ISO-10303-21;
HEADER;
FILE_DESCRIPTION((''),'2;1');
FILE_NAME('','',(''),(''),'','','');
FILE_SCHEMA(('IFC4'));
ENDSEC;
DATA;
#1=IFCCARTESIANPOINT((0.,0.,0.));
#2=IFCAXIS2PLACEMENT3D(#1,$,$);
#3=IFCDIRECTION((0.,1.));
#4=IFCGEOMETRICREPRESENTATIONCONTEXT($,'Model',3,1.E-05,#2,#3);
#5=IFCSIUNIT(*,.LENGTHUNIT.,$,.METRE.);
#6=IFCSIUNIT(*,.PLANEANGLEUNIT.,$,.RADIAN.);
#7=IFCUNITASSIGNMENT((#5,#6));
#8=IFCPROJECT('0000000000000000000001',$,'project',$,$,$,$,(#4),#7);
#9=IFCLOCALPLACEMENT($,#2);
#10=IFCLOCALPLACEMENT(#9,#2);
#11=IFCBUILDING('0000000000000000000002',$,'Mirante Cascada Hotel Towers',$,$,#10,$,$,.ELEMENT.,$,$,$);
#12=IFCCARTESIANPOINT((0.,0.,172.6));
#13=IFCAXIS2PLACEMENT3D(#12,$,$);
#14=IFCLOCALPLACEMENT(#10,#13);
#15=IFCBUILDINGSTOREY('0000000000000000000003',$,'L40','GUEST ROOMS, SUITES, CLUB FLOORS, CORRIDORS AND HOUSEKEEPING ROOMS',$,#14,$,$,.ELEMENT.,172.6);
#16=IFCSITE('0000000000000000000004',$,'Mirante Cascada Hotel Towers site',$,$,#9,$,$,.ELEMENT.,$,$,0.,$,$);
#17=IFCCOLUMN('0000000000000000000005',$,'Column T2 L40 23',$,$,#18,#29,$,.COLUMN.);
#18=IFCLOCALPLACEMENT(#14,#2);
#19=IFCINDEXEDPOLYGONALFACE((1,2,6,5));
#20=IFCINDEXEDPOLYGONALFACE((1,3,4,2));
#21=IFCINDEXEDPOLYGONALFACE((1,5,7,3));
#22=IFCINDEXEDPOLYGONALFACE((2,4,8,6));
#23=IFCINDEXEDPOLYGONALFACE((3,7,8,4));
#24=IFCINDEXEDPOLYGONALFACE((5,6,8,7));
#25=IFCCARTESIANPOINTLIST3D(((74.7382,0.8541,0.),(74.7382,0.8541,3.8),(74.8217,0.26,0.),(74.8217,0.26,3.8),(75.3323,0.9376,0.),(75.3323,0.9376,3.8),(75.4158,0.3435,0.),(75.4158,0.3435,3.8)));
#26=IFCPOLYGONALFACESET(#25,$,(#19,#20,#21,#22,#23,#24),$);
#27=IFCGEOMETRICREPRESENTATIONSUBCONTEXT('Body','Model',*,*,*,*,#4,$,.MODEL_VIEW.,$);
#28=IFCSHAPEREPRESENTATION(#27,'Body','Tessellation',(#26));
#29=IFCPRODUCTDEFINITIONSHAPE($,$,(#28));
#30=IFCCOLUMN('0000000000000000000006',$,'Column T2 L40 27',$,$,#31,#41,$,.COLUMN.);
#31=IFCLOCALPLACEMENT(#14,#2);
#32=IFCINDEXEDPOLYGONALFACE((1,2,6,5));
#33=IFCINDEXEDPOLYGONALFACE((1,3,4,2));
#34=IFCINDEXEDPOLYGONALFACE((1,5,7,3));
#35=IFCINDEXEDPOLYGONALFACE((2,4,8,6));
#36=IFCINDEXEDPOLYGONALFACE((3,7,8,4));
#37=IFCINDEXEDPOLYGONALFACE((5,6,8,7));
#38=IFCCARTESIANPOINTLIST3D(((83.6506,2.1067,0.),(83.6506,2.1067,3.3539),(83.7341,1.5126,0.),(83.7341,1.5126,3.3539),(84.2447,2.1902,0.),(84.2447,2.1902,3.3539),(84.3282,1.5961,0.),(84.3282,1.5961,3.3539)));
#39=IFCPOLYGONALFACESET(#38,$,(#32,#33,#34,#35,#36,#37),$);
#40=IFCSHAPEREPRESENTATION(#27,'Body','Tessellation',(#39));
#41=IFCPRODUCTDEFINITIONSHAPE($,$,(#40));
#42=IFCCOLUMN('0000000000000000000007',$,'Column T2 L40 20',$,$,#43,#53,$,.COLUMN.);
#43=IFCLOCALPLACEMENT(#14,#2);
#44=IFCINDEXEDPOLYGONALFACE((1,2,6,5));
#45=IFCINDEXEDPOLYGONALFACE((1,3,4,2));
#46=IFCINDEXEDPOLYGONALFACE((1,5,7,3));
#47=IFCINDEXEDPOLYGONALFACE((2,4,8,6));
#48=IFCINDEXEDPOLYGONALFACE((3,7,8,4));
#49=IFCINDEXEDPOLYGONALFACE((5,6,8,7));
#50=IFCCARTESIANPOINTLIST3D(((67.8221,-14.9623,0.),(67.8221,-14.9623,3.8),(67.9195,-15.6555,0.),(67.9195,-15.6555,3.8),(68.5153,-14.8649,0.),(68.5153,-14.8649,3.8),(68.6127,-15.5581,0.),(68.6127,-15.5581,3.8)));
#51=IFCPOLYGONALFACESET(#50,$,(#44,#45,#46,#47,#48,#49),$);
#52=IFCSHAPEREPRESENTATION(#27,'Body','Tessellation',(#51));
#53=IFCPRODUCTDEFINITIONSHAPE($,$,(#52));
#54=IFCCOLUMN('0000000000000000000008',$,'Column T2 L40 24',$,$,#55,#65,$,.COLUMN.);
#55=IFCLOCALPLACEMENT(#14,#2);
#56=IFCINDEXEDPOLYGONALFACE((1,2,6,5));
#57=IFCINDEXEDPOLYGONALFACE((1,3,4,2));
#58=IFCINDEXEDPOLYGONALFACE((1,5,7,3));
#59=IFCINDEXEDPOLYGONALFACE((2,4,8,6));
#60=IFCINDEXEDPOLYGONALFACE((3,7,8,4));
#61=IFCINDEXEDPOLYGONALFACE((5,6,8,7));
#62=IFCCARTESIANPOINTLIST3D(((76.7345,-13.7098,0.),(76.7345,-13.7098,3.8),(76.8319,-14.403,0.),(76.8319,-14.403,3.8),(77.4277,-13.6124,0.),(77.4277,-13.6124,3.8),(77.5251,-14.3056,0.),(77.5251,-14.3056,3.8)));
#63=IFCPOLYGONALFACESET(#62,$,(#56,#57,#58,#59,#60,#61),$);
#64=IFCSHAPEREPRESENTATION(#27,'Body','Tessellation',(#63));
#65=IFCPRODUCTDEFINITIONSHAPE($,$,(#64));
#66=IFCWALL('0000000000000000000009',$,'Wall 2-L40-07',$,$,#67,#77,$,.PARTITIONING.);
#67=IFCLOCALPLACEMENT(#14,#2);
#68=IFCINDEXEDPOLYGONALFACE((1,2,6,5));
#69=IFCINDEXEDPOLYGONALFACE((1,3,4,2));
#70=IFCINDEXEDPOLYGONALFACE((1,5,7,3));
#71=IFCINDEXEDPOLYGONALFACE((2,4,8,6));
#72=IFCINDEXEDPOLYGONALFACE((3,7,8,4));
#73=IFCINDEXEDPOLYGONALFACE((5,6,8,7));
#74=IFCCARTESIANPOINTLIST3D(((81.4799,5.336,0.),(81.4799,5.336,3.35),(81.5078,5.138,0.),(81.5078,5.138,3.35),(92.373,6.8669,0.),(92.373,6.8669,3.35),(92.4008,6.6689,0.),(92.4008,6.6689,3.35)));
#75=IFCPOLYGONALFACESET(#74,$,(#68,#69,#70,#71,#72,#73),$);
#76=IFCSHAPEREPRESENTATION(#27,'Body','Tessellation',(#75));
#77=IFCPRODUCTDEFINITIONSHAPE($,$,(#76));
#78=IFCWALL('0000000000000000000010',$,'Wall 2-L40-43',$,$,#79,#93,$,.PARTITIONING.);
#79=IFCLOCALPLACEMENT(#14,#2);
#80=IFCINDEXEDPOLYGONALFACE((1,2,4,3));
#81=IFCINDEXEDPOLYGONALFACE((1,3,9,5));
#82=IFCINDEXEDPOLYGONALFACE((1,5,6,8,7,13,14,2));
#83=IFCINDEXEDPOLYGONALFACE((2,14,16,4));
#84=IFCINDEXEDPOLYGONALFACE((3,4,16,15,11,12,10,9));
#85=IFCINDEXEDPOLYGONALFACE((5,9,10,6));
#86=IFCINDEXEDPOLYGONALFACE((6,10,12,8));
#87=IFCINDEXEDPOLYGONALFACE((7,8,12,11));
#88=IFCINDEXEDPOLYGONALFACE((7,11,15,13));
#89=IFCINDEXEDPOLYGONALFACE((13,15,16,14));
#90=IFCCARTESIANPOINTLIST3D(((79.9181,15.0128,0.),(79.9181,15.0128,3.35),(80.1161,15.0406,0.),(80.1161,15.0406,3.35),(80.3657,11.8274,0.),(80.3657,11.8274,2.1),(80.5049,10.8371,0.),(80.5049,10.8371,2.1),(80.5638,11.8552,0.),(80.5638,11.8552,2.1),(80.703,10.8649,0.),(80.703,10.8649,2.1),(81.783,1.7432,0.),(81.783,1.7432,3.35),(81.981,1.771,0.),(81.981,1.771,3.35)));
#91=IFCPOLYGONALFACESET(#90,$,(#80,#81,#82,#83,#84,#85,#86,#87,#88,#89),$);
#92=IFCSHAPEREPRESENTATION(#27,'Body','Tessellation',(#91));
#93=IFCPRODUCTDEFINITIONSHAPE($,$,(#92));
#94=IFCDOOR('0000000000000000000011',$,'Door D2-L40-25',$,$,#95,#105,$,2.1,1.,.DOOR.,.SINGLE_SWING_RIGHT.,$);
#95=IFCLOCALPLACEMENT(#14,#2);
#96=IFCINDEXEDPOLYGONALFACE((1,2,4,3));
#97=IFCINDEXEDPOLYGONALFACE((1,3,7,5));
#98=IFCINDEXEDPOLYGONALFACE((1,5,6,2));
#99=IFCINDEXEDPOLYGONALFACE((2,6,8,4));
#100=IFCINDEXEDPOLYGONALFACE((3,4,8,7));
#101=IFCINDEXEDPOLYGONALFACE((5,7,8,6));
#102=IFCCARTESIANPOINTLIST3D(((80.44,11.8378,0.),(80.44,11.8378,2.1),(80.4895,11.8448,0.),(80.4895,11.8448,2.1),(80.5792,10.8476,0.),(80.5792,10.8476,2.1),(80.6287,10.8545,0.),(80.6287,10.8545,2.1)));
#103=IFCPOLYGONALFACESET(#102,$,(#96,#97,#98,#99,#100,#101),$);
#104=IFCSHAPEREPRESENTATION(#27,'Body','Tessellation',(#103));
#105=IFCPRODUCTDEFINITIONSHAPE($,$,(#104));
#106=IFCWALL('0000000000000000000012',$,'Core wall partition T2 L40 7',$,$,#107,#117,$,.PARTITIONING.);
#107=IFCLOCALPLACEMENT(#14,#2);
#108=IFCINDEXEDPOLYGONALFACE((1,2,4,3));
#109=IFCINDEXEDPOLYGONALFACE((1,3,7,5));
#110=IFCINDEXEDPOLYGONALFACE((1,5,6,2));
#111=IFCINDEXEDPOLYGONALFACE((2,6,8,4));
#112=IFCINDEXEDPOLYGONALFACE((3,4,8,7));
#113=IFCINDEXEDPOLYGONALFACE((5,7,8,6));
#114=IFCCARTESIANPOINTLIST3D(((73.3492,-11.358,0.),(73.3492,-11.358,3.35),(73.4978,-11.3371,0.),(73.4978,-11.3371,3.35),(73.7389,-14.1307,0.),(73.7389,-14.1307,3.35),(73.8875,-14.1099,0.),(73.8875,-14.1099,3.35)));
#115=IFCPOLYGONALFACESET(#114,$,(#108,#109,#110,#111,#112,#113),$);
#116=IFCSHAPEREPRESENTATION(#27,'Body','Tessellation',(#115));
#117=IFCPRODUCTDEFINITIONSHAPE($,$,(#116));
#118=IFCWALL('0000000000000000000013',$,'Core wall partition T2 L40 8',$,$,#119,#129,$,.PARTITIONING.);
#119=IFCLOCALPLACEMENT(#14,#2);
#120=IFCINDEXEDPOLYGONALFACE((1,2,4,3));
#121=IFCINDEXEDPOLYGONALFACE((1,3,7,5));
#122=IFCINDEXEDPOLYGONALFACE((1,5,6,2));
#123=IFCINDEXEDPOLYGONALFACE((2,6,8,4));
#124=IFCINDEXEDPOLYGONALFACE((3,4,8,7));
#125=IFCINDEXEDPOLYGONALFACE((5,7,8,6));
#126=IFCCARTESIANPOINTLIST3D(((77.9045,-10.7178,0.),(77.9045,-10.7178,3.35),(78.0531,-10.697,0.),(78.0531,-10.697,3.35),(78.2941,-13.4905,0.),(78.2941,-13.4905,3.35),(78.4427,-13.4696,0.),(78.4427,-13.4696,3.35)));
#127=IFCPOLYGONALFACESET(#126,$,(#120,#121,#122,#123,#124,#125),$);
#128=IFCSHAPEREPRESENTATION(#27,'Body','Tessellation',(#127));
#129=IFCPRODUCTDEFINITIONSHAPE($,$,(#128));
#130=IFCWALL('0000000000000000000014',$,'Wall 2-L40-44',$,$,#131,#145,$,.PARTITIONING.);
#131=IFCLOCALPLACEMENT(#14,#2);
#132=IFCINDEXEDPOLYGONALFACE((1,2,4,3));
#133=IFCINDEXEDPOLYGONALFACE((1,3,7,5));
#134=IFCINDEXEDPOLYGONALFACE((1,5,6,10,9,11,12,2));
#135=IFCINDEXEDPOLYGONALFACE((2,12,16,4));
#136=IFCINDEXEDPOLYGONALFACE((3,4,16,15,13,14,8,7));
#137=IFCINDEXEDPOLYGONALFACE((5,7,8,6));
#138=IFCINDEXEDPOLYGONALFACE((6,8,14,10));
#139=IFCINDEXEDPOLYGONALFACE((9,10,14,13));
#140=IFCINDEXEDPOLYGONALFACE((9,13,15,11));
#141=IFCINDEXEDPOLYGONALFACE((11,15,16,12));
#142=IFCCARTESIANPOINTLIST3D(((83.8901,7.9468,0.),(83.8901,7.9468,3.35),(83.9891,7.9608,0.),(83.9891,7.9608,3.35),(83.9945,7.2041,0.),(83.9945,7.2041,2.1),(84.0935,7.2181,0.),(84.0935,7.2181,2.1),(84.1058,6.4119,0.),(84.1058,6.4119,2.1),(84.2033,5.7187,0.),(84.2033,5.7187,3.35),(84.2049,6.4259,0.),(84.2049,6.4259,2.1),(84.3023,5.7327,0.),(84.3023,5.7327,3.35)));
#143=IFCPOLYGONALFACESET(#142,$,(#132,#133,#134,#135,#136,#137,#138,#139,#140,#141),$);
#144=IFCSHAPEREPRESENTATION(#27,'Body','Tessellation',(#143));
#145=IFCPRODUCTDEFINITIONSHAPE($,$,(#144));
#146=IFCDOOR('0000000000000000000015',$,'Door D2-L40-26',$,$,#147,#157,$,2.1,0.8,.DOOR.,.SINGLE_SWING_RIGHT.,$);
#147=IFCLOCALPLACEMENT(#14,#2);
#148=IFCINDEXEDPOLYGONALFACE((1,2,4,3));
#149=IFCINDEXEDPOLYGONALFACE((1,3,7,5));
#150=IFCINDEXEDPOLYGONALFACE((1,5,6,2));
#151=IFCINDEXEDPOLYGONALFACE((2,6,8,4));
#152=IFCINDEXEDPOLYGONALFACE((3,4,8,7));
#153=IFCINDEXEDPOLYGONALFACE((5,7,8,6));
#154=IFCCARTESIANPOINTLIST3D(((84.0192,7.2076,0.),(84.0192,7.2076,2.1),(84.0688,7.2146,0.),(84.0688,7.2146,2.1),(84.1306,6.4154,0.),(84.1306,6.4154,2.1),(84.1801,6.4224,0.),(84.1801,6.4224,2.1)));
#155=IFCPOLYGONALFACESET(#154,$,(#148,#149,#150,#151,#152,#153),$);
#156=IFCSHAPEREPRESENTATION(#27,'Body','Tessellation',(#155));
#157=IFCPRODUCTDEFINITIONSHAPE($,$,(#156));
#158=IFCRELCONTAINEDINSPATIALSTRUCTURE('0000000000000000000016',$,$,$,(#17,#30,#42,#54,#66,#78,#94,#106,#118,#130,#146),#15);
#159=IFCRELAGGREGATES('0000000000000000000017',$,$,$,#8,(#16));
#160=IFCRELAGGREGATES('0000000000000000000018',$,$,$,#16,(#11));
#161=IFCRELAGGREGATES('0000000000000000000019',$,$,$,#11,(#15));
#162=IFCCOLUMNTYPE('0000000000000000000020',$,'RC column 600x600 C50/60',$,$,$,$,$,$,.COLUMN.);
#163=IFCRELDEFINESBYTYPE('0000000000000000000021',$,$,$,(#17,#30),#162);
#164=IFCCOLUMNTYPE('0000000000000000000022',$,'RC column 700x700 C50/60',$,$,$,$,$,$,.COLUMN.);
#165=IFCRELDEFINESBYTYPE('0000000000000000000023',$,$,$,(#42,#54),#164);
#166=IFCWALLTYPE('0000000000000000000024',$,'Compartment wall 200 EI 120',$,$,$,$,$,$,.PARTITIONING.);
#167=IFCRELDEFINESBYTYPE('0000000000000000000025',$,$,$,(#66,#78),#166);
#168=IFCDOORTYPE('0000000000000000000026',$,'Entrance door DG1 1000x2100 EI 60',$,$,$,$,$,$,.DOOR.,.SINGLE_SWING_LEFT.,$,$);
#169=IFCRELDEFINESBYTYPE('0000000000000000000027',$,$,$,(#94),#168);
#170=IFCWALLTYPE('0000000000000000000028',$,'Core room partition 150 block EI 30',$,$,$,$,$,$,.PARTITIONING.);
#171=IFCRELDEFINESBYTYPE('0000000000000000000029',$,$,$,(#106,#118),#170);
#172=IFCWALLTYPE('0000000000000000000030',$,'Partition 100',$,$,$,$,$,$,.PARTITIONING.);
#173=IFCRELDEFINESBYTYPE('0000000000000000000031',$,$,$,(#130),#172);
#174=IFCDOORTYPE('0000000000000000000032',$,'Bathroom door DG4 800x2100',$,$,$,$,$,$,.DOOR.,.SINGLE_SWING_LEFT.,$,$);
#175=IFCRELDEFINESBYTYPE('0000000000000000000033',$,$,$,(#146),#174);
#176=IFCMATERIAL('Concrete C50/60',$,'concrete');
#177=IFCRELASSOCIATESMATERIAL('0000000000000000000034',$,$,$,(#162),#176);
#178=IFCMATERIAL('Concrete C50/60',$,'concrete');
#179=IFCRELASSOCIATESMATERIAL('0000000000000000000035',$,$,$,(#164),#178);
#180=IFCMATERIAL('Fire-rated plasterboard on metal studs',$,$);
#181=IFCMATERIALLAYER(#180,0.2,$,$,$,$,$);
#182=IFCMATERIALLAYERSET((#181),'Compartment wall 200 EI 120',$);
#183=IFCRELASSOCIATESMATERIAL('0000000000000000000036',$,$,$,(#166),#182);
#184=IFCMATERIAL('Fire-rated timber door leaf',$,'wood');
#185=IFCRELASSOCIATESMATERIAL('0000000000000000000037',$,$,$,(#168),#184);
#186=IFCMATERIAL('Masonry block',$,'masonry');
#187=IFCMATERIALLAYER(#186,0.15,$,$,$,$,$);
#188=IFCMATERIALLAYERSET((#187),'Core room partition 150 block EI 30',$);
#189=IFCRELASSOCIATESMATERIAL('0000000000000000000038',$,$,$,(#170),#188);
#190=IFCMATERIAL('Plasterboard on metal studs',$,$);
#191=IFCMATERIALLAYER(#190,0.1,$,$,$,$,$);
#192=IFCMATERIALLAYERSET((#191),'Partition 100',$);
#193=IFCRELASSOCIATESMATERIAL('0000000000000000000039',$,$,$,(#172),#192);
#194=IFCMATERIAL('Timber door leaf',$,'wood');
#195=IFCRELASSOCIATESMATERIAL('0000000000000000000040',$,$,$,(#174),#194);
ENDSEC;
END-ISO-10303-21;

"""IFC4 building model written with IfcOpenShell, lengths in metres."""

from ifc_helpers import new_model, si_unit, direction, frame, frame_2d, origin, origin_2d, place, context, subcontext, project, spatial, rectangle, extrude, material, layer, layer_set, material_profile, profile_set, type_object, element, fill, save


model = new_model("IFC4")

# Units and contexts
model_context = context("Model", 3, precision=1e-05, world=origin(), true_north=direction((0.0, 1.0)))
body_context = subcontext(model_context, "Body", "Model", "MODEL_VIEW")
ifc_project = project(units=[si_unit("LENGTHUNIT", "METRE"), si_unit("PLANEANGLEUNIT", "RADIAN")], contexts=[model_context])

# Site, building, storey
site_placement = place(None, origin())
site = spatial("IfcSite", under=ifc_project, at=site_placement, Name="Mirante Cascada Hotel Towers site", CompositionType="ELEMENT", RefElevation=0.0)
building_placement = place(site_placement, origin())
building = spatial("IfcBuilding", under=site, at=building_placement, Name="Mirante Cascada Hotel Towers", CompositionType="ELEMENT")
storey_placement = place(building_placement, frame((0.0, 0.0, 172.6)))
storey = spatial("IfcBuildingStorey", under=building, at=storey_placement, Name="L40", Description="GUEST ROOMS, SUITES, CLUB FLOORS, CORRIDORS AND HOUSEKEEPING ROOMS", CompositionType="ELEMENT", Elevation=172.6)

# Columns
ifc_material_1 = material(Name="Concrete C50/60", Category="concrete")
ifc_material_profile_1 = material_profile(ifc_material_1, rectangle(XDim=0.6, YDim=0.6, at=origin_2d()), Name="RC column 600x600 C50/60")
ifc_profile_set_1 = profile_set([ifc_material_profile_1], Name="Concrete C50/60")
column_type_1 = type_object("IfcColumnType", Name="RC column 600x600 C50/60", PredefinedType="COLUMN", material=ifc_profile_set_1)
column_1_placement = place(storey_placement, frame((75.077, 0.5988, 0.0), z_axis=(0.0, 0.0, 1.0), x_axis=(0.990268, 0.139173, 0.0)))
element("IfcColumn", 1, at=column_1_placement, inside=storey, type_object=column_type_1, Name="Column T2 L40 23", PredefinedType="COLUMN", context=body_context, shape_type="SweptSolid", body=[
    extrude(rectangle(XDim=0.6, YDim=0.6, at=origin_2d()), origin(), (0.0, 0.0, 1.0), 3.8),
])
column_2_placement = place(storey_placement, frame((83.9894, 1.8514, 0.0), z_axis=(0.0, 0.0, 1.0), x_axis=(0.990268, 0.139173, 0.0)))
element("IfcColumn", 2, at=column_2_placement, inside=storey, type_object=column_type_1, Name="Column T2 L40 27", PredefinedType="COLUMN", context=body_context, shape_type="SweptSolid", body=[
    extrude(rectangle(XDim=0.6, YDim=0.6, at=origin_2d()), origin(), (0.0, 0.0, 1.0), 3.3539),
])
ifc_material_2 = material(Name="Concrete C50/60", Category="concrete")
ifc_material_profile_2 = material_profile(ifc_material_2, rectangle(XDim=0.7, YDim=0.7, at=origin_2d()), Name="RC column 700x700 C50/60")
ifc_profile_set_2 = profile_set([ifc_material_profile_2], Name="Concrete C50/60")
column_type_2 = type_object("IfcColumnType", Name="RC column 700x700 C50/60", PredefinedType="COLUMN", material=ifc_profile_set_2)
for number, where, z_axis, x_axis, name in (
    (3, (68.2174, -15.2602, 0.0), (0.0, 0.0, 1.0), (0.990268, 0.139173, 0.0), "Column T2 L40 20"),
    (4, (77.1298, -14.0077, 0.0), (0.0, 0.0, 1.0), (0.990268, 0.139173, 0.0), "Column T2 L40 24"),
):
    element("IfcColumn", number, at=place(storey_placement, frame(where, z_axis=z_axis, x_axis=x_axis)), inside=storey, type_object=column_type_2, Name=name, PredefinedType="COLUMN", context=body_context, shape_type="SweptSolid", body=[
        extrude(rectangle(XDim=0.7, YDim=0.7, at=origin_2d()), origin(), (0.0, 0.0, 1.0), 3.8),
    ])

# Wall
ifc_material_3 = material(Name="Fire-rated plasterboard on metal studs")
ifc_layer_1 = layer(ifc_material_3, 0.2)
ifc_layer_set_1 = layer_set([ifc_layer_1], Name="Compartment wall 200 EI 120")
wall_type_1 = type_object("IfcWallType", Name="Compartment wall 200 EI 120", PredefinedType="PARTITIONING", material=ifc_layer_set_1)
wall_1_placement = place(storey_placement, frame((81.4939, 5.237, 0.0), z_axis=(0.0, 0.0, 1.0), x_axis=(0.990268, 0.139172, 0.0)))
element("IfcWall", 5, at=wall_1_placement, inside=storey, type_object=wall_type_1, Name="Wall 2-L40-07", PredefinedType="PARTITIONING", context=body_context, shape_type="SweptSolid", body=[
    extrude(rectangle(XDim=11.0001, YDim=0.2, at=frame_2d((5.5, 0.0))), origin(), (0.0, 0.0, 1.0), 3.35),
])

# Wall, opening, door
wall_2_placement = place(storey_placement, frame((81.882, 1.7571, 0.0), z_axis=(0.0, 0.0, 1.0), x_axis=(-0.139172, 0.990268, 0.0)))
wall_2 = element("IfcWall", 6, at=wall_2_placement, inside=storey, type_object=wall_type_1, Name="Wall 2-L40-43", PredefinedType="PARTITIONING", context=body_context, shape_type="SweptSolid", body=[
    extrude(rectangle(XDim=13.4, YDim=0.2, at=frame_2d((6.7, 0.0))), origin(), (0.0, 0.0, 1.0), 3.35),
])
opening_1_placement = place(wall_2_placement, frame((9.1833, 0.0, 0.0)))
opening_1 = element("IfcOpeningElement", 7, at=opening_1_placement, cuts=wall_2, PredefinedType="OPENING", context=body_context, shape_type="SweptSolid", body=[
    extrude(rectangle(XDim=1.0, YDim=2.1, at=frame_2d((0.5, 1.05))), frame((0.0, 0.1, 0.0), z_axis=(0.0, -1.0, 0.0), x_axis=(1.0, 0.0, 0.0)), (0.0, 0.0, 1.0), 0.2),
])
ifc_material_4 = material(Name="Fire-rated timber door leaf", Category="wood")
door_type_1 = type_object("IfcDoorType", Name="Entrance door DG1 1000x2100 EI 60", OperationType="SINGLE_SWING_LEFT", PredefinedType="DOOR", material=ifc_material_4)
door_1_placement = place(opening_1_placement, frame((1.0, 0.0, 0.0), z_axis=(0.0, 0.0, 1.0), x_axis=(-1.0, 0.0, 0.0)))
door_1 = element("IfcDoor", 8, at=door_1_placement, inside=storey, type_object=door_type_1, Name="Door D2-L40-25", OperationType="SINGLE_SWING_RIGHT", OverallHeight=2.1, OverallWidth=1.0, PredefinedType="DOOR", context=body_context, shape_type="SweptSolid", body=[
    extrude(rectangle(XDim=1.0, YDim=2.1, at=frame_2d((0.5, 1.05))), frame((0.0, 0.025, 0.0), z_axis=(0.0, -1.0, 0.0), x_axis=(1.0, 0.0, 0.0)), (0.0, 0.0, 1.0), 0.05),
])
fill(opening_1, door_1)

# Walls
ifc_material_5 = material(Name="Masonry block", Category="masonry")
ifc_layer_2 = layer(ifc_material_5, 0.15)
ifc_layer_set_2 = layer_set([ifc_layer_2], Name="Core room partition 150 block EI 30")
wall_type_2 = type_object("IfcWallType", Name="Core room partition 150 block EI 30", PredefinedType="PARTITIONING", material=ifc_layer_set_2)
wall_3_placement = place(storey_placement, frame((73.8132, -14.1203, 0.0), z_axis=(0.0, 0.0, 1.0), x_axis=(-0.139181, 0.990267, 0.0)))
element("IfcWall", 9, at=wall_3_placement, inside=storey, type_object=wall_type_2, Name="Core wall partition T2 L40 7", PredefinedType="PARTITIONING", context=body_context, shape_type="SweptSolid", body=[
    extrude(rectangle(XDim=2.8, YDim=0.15, at=frame_2d((1.4, 0.0))), origin(), (0.0, 0.0, 1.0), 3.35),
])
wall_4_placement = place(storey_placement, frame((78.3684, -13.4801, 0.0), z_axis=(0.0, 0.0, 1.0), x_axis=(-0.139146, 0.990272, 0.0)))
element("IfcWall", 10, at=wall_4_placement, inside=storey, type_object=wall_type_2, Name="Core wall partition T2 L40 8", PredefinedType="PARTITIONING", context=body_context, shape_type="SweptSolid", body=[
    extrude(rectangle(XDim=2.7999, YDim=0.15, at=frame_2d((1.4, 0.0))), origin(), (0.0, 0.0, 1.0), 3.35),
])

# Wall, opening, door
ifc_material_6 = material(Name="Plasterboard on metal studs")
ifc_layer_3 = layer(ifc_material_6, 0.1)
ifc_layer_set_3 = layer_set([ifc_layer_3], Name="Partition 100")
wall_type_3 = type_object("IfcWallType", Name="Partition 100", PredefinedType="PARTITIONING", material=ifc_layer_set_3)
wall_5_placement = place(storey_placement, frame((83.9396, 7.9538, 0.0), z_axis=(0.0, 0.0, 1.0), x_axis=(0.1392, -0.990264, 0.0)))
wall_5 = element("IfcWall", 11, at=wall_5_placement, inside=storey, type_object=wall_type_3, Name="Wall 2-L40-44", PredefinedType="PARTITIONING", context=body_context, shape_type="SweptSolid", body=[
    extrude(rectangle(XDim=2.25, YDim=0.1, at=frame_2d((1.125, 0.0))), origin(), (0.0, 0.0, 1.0), 3.35),
])
opening_2_placement = place(wall_5_placement, frame((0.75, 0.0, 0.0)))
opening_2 = element("IfcOpeningElement", 12, at=opening_2_placement, cuts=wall_5, PredefinedType="OPENING", context=body_context, shape_type="SweptSolid", body=[
    extrude(rectangle(XDim=0.8, YDim=2.1, at=frame_2d((0.4, 1.05))), frame((0.0, 0.05, 0.0), z_axis=(0.0, -1.0, 0.0), x_axis=(1.0, 0.0, 0.0)), (0.0, 0.0, 1.0), 0.1),
])
ifc_material_7 = material(Name="Timber door leaf", Category="wood")
door_type_2 = type_object("IfcDoorType", Name="Bathroom door DG4 800x2100", OperationType="SINGLE_SWING_LEFT", PredefinedType="DOOR", material=ifc_material_7)
door_2_placement = place(opening_2_placement, frame((0.8, 0.0, 0.0), z_axis=(0.0, 0.0, 1.0), x_axis=(-1.0, 0.0, 0.0)))
door_2 = element("IfcDoor", 13, at=door_2_placement, inside=storey, type_object=door_type_2, Name="Door D2-L40-26", OperationType="SINGLE_SWING_RIGHT", OverallHeight=2.1, OverallWidth=0.8, PredefinedType="DOOR", context=body_context, shape_type="SweptSolid", body=[
    extrude(rectangle(XDim=0.8, YDim=2.1, at=frame_2d((0.4, 1.05))), frame((0.0, 0.025, 0.0), z_axis=(0.0, -1.0, 0.0), x_axis=(1.0, 0.0, 0.0)), (0.0, 0.0, 1.0), 0.05),
])
fill(opening_2, door_2)

save(model, "model.ifc")
